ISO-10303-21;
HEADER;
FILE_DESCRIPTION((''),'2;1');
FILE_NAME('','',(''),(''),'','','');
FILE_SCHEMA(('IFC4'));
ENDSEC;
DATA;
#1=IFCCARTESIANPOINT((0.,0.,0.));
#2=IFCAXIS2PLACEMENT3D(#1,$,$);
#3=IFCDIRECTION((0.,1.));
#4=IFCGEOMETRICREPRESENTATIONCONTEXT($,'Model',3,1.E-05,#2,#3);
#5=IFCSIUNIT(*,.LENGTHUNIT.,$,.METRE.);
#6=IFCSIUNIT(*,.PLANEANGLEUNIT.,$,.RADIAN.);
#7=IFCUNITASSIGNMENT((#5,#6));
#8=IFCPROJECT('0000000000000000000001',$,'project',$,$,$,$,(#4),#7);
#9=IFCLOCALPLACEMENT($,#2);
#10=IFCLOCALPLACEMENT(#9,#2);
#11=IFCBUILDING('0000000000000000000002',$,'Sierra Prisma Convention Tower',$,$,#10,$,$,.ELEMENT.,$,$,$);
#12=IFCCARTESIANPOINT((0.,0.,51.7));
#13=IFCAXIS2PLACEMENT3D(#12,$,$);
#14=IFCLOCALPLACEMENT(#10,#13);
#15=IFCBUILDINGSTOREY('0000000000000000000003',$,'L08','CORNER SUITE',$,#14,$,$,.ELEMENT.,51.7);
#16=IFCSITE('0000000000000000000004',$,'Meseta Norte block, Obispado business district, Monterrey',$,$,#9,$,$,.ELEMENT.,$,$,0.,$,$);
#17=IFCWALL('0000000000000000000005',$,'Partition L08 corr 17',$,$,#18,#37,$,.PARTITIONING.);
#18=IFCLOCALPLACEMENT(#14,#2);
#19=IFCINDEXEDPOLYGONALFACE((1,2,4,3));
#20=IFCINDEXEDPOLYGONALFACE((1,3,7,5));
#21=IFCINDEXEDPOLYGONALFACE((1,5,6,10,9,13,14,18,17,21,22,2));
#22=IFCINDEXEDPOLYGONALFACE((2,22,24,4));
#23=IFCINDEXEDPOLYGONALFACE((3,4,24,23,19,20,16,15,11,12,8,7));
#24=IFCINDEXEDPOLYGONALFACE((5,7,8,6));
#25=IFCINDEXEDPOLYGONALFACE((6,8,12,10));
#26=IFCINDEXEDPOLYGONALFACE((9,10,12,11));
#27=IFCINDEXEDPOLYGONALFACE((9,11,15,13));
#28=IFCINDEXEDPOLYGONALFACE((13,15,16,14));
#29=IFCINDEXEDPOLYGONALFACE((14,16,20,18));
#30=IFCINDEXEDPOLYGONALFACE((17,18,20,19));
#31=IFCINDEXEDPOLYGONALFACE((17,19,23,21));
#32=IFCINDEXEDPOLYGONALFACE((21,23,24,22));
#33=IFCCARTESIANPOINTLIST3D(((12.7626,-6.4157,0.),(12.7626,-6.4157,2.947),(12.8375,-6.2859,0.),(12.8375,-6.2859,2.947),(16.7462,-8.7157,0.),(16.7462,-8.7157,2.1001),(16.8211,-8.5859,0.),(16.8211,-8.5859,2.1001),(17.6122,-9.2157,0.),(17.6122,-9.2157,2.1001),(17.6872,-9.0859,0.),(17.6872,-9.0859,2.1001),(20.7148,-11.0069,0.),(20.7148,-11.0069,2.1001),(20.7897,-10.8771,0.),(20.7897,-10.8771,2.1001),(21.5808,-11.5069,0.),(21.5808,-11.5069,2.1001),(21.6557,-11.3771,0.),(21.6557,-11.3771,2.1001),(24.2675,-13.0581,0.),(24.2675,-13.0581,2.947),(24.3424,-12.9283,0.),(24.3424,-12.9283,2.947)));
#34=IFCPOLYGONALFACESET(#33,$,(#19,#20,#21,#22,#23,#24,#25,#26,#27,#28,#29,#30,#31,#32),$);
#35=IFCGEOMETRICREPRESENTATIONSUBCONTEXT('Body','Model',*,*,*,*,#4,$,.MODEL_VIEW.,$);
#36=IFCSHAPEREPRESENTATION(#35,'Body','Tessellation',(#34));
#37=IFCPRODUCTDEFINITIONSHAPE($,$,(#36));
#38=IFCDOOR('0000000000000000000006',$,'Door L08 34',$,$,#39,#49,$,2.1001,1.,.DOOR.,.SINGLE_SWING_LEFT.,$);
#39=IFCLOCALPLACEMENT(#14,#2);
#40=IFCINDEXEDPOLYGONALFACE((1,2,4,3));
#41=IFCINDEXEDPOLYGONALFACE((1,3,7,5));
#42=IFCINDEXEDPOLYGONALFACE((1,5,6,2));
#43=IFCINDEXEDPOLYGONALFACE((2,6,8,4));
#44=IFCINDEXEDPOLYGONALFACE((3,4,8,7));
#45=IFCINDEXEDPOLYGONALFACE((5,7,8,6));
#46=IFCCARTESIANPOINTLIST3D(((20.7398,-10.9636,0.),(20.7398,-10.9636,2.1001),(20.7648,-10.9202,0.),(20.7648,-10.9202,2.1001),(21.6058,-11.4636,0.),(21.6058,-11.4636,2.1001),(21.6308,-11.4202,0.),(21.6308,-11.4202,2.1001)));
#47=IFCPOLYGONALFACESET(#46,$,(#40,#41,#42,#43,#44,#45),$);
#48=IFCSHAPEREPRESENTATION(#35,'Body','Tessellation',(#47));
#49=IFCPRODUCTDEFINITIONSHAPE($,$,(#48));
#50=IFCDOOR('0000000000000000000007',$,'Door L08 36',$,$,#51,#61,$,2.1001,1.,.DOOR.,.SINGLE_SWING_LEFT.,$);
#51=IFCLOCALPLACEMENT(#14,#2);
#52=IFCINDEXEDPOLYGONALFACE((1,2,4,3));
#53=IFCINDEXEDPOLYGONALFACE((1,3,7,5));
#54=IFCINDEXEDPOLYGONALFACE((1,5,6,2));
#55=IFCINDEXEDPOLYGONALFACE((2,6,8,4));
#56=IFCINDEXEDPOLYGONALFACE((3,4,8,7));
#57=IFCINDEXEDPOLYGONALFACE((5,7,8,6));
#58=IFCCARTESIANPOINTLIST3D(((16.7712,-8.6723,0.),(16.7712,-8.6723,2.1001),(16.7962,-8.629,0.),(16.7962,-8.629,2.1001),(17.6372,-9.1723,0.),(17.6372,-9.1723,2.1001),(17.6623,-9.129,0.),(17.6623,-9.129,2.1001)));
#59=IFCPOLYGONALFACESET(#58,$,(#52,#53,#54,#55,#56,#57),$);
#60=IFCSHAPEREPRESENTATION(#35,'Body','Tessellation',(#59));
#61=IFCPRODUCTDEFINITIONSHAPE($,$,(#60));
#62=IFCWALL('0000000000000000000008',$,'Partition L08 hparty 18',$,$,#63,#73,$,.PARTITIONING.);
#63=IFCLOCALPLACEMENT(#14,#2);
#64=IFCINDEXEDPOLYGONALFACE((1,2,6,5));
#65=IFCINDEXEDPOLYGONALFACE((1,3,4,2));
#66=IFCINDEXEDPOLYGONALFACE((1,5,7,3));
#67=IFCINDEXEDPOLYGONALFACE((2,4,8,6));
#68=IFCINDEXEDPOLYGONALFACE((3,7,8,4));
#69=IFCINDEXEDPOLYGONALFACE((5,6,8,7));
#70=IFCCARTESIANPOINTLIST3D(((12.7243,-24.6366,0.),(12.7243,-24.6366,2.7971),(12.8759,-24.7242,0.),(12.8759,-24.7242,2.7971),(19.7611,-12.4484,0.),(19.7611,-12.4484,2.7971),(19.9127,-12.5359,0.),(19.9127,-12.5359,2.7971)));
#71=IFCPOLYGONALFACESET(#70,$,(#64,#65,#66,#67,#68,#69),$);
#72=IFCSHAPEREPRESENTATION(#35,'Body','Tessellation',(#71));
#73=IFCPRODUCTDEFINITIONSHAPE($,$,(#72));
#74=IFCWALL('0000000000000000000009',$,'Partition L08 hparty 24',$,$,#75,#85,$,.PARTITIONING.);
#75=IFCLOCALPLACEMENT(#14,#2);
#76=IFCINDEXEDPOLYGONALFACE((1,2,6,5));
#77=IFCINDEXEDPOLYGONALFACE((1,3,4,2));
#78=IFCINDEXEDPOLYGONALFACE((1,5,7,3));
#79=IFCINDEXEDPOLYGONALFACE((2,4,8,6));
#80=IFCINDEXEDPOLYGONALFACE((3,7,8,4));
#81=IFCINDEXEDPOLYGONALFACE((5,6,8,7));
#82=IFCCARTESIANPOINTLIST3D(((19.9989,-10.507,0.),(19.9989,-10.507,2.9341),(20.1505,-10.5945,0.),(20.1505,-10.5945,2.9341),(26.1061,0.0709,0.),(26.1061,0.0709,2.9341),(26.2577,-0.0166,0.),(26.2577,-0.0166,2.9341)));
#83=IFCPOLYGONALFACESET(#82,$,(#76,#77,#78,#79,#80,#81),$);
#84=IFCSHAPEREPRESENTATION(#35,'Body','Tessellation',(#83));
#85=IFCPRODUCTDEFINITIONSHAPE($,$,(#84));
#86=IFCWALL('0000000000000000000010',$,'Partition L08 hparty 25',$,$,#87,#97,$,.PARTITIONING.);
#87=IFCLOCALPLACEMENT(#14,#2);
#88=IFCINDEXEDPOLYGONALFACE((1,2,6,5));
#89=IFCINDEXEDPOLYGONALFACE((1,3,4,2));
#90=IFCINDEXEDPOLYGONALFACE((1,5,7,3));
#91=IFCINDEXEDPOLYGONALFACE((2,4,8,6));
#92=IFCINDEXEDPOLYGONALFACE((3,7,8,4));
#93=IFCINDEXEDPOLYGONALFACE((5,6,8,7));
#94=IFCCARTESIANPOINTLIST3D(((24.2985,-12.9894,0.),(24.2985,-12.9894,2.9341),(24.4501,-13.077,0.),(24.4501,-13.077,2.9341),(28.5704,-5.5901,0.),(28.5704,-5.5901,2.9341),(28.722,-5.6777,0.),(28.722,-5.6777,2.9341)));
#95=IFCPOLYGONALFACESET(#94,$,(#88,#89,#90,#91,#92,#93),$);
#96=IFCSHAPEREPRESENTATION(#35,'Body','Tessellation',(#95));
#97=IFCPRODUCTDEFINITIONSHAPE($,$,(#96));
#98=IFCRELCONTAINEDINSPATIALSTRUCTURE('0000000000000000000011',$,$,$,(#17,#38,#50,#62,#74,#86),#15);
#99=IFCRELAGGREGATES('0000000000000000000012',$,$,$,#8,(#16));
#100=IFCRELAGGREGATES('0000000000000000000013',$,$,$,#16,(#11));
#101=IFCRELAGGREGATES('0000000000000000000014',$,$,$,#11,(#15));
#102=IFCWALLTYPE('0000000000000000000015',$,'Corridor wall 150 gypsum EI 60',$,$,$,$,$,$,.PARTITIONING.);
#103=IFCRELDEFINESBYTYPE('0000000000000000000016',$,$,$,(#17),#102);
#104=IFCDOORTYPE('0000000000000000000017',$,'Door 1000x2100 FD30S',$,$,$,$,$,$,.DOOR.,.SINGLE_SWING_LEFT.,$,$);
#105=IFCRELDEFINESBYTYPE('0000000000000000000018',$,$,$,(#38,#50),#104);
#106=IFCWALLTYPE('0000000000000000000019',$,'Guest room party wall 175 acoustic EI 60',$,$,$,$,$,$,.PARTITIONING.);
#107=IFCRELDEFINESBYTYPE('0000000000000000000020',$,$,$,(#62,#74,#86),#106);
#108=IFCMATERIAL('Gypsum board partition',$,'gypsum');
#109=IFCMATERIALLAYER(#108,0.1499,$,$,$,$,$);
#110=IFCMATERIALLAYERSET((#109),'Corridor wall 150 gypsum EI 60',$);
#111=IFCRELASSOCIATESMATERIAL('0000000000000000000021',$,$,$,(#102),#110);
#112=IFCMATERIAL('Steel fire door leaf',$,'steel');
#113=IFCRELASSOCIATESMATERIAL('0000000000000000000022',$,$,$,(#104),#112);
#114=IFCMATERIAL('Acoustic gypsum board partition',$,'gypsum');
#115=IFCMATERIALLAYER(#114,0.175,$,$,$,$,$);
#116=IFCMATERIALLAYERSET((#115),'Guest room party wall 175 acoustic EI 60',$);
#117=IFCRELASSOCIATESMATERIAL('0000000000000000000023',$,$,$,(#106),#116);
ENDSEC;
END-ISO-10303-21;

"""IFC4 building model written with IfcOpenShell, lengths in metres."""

from ifc_helpers import new_model, si_unit, direction, frame, frame_2d, origin, place, context, subcontext, project, spatial, rectangle, extrude, material, layer, layer_set, type_object, element, fill, save


model = new_model("IFC4")

# Units and contexts
model_context = context("Model", 3, precision=1e-05, world=origin(), true_north=direction((0.0, 1.0)))
body_context = subcontext(model_context, "Body", "Model", "MODEL_VIEW")
ifc_project = project(units=[si_unit("LENGTHUNIT", "METRE"), si_unit("PLANEANGLEUNIT", "RADIAN")], contexts=[model_context])

# Site, building, storey
site_placement = place(None, origin())
site = spatial("IfcSite", under=ifc_project, at=site_placement, Name="Meseta Norte block, Obispado business district, Monterrey", CompositionType="ELEMENT", RefElevation=0.0)
building_placement = place(site_placement, origin())
building = spatial("IfcBuilding", under=site, at=building_placement, Name="Sierra Prisma Convention Tower", CompositionType="ELEMENT")
storey_placement = place(building_placement, frame((0.0, 0.0, 51.7)))
storey = spatial("IfcBuildingStorey", under=building, at=storey_placement, Name="L08", Description="CORNER SUITE", CompositionType="ELEMENT", Elevation=51.7)

# Shared definitions
ifc_material_1 = material(Name="Gypsum board partition", Category="gypsum")
ifc_layer_1 = layer(ifc_material_1, 0.1499)
ifc_layer_set_1 = layer_set([ifc_layer_1], Name="Corridor wall 150 gypsum EI 60")
wall_type_1 = type_object("IfcWallType", Name="Corridor wall 150 gypsum EI 60", PredefinedType="PARTITIONING", material=ifc_layer_set_1)

# Wall, openings, doors
wall_1_placement = place(storey_placement, frame((24.3049, -12.9932, 0.0), z_axis=(0.0, 0.0, 1.0), x_axis=(-0.866026, 0.499999, 0.0)))
wall_1 = element("IfcWall", 1, at=wall_1_placement, inside=storey, type_object=wall_type_1, Name="Partition L08 corr 17", PredefinedType="PARTITIONING", context=body_context, shape_type="SweptSolid", body=[
    extrude(rectangle(XDim=13.2847, YDim=0.1499, at=frame_2d((6.6423, 0.0))), origin(), (0.0, 0.0, 1.0), 2.947),
])
opening_1_placement = place(wall_1_placement, frame((3.1023, 0.0, 0.0)))
opening_1 = element("IfcOpeningElement", 2, at=opening_1_placement, cuts=wall_1, PredefinedType="OPENING", context=body_context, shape_type="SweptSolid", body=[
    extrude(rectangle(XDim=1.0, YDim=2.1001, at=frame_2d((0.5, 1.05))), frame((0.0, 0.075, 0.0), z_axis=(0.0, -1.0, 0.0), x_axis=(1.0, 0.0, 0.0)), (0.0, 0.0, 1.0), 0.1499),
])
opening_2_placement = place(wall_1_placement, frame((7.6848, 0.0, 0.0)))
opening_2 = element("IfcOpeningElement", 3, at=opening_2_placement, cuts=wall_1, PredefinedType="OPENING", context=body_context, shape_type="SweptSolid", body=[
    extrude(rectangle(XDim=1.0, YDim=2.1001, at=frame_2d((0.5, 1.05))), frame((0.0, 0.075, 0.0), z_axis=(0.0, -1.0, 0.0), x_axis=(1.0, 0.0, 0.0)), (0.0, 0.0, 1.0), 0.1499),
])
ifc_material_2 = material(Name="Steel fire door leaf", Category="steel")
door_type_1 = type_object("IfcDoorType", Name="Door 1000x2100 FD30S", OperationType="SINGLE_SWING_LEFT", PredefinedType="DOOR", material=ifc_material_2)
door_1_placement = place(opening_1_placement, origin())
door_1 = element("IfcDoor", 4, at=door_1_placement, inside=storey, type_object=door_type_1, Name="Door L08 34", OperationType="SINGLE_SWING_LEFT", OverallHeight=2.1001, OverallWidth=1.0, PredefinedType="DOOR", context=body_context, shape_type="SweptSolid", body=[
    extrude(rectangle(XDim=1.0, YDim=2.1001, at=frame_2d((0.5, 1.05))), frame((0.0, 0.0249, 0.0), z_axis=(0.0, -1.0, 0.0), x_axis=(1.0, 0.0, 0.0)), (0.0, 0.0, 1.0), 0.05),
])
fill(opening_1, door_1)
door_2_placement = place(opening_2_placement, origin())
door_2 = element("IfcDoor", 5, at=door_2_placement, inside=storey, type_object=door_type_1, Name="Door L08 36", OperationType="SINGLE_SWING_LEFT", OverallHeight=2.1001, OverallWidth=1.0, PredefinedType="DOOR", context=body_context, shape_type="SweptSolid", body=[
    extrude(rectangle(XDim=1.0, YDim=2.1001, at=frame_2d((0.5, 1.05))), frame((0.0, 0.0249, 0.0), z_axis=(0.0, -1.0, 0.0), x_axis=(1.0, 0.0, 0.0)), (0.0, 0.0, 1.0), 0.05),
])
fill(opening_2, door_2)

# Walls
ifc_material_3 = material(Name="Acoustic gypsum board partition", Category="gypsum")
ifc_layer_2 = layer(ifc_material_3, 0.175)
ifc_layer_set_2 = layer_set([ifc_layer_2], Name="Guest room party wall 175 acoustic EI 60")
wall_type_2 = type_object("IfcWallType", Name="Guest room party wall 175 acoustic EI 60", PredefinedType="PARTITIONING", material=ifc_layer_set_2)
wall_2_placement = place(storey_placement, frame((19.8369, -12.4922, 0.0), z_axis=(0.0, 0.0, 1.0), x_axis=(-0.499999, -0.866026, 0.0)))
element("IfcWall", 6, at=wall_2_placement, inside=storey, type_object=wall_type_2, Name="Partition L08 hparty 18", PredefinedType="PARTITIONING", context=body_context, shape_type="SweptSolid", body=[
    extrude(rectangle(XDim=14.0737, YDim=0.175, at=frame_2d((7.0369, 0.0))), origin(), (0.0, 0.0, 1.0), 2.7971),
])
wall_3_placement = place(storey_placement, frame((20.0747, -10.5508, 0.0), z_axis=(0.0, 0.0, 1.0), x_axis=(0.500002, 0.866024, 0.0)))
element("IfcWall", 7, at=wall_3_placement, inside=storey, type_object=wall_type_2, Name="Partition L08 hparty 24", PredefinedType="PARTITIONING", context=body_context, shape_type="SweptSolid", body=[
    extrude(rectangle(XDim=12.2144, YDim=0.175, at=frame_2d((6.1072, 0.0))), origin(), (0.0, 0.0, 1.0), 2.9341),
])
wall_4_placement = place(storey_placement, frame((24.3743, -13.0332, 0.0), z_axis=(0.0, 0.0, 1.0), x_axis=(0.499993, 0.86603, 0.0)))
element("IfcWall", 8, at=wall_4_placement, inside=storey, type_object=wall_type_2, Name="Partition L08 hparty 25", PredefinedType="PARTITIONING", context=body_context, shape_type="SweptSolid", body=[
    extrude(rectangle(XDim=8.5439, YDim=0.175, at=frame_2d((4.272, 0.0))), origin(), (0.0, 0.0, 1.0), 2.9341),
])

save(model, "model.ifc")
